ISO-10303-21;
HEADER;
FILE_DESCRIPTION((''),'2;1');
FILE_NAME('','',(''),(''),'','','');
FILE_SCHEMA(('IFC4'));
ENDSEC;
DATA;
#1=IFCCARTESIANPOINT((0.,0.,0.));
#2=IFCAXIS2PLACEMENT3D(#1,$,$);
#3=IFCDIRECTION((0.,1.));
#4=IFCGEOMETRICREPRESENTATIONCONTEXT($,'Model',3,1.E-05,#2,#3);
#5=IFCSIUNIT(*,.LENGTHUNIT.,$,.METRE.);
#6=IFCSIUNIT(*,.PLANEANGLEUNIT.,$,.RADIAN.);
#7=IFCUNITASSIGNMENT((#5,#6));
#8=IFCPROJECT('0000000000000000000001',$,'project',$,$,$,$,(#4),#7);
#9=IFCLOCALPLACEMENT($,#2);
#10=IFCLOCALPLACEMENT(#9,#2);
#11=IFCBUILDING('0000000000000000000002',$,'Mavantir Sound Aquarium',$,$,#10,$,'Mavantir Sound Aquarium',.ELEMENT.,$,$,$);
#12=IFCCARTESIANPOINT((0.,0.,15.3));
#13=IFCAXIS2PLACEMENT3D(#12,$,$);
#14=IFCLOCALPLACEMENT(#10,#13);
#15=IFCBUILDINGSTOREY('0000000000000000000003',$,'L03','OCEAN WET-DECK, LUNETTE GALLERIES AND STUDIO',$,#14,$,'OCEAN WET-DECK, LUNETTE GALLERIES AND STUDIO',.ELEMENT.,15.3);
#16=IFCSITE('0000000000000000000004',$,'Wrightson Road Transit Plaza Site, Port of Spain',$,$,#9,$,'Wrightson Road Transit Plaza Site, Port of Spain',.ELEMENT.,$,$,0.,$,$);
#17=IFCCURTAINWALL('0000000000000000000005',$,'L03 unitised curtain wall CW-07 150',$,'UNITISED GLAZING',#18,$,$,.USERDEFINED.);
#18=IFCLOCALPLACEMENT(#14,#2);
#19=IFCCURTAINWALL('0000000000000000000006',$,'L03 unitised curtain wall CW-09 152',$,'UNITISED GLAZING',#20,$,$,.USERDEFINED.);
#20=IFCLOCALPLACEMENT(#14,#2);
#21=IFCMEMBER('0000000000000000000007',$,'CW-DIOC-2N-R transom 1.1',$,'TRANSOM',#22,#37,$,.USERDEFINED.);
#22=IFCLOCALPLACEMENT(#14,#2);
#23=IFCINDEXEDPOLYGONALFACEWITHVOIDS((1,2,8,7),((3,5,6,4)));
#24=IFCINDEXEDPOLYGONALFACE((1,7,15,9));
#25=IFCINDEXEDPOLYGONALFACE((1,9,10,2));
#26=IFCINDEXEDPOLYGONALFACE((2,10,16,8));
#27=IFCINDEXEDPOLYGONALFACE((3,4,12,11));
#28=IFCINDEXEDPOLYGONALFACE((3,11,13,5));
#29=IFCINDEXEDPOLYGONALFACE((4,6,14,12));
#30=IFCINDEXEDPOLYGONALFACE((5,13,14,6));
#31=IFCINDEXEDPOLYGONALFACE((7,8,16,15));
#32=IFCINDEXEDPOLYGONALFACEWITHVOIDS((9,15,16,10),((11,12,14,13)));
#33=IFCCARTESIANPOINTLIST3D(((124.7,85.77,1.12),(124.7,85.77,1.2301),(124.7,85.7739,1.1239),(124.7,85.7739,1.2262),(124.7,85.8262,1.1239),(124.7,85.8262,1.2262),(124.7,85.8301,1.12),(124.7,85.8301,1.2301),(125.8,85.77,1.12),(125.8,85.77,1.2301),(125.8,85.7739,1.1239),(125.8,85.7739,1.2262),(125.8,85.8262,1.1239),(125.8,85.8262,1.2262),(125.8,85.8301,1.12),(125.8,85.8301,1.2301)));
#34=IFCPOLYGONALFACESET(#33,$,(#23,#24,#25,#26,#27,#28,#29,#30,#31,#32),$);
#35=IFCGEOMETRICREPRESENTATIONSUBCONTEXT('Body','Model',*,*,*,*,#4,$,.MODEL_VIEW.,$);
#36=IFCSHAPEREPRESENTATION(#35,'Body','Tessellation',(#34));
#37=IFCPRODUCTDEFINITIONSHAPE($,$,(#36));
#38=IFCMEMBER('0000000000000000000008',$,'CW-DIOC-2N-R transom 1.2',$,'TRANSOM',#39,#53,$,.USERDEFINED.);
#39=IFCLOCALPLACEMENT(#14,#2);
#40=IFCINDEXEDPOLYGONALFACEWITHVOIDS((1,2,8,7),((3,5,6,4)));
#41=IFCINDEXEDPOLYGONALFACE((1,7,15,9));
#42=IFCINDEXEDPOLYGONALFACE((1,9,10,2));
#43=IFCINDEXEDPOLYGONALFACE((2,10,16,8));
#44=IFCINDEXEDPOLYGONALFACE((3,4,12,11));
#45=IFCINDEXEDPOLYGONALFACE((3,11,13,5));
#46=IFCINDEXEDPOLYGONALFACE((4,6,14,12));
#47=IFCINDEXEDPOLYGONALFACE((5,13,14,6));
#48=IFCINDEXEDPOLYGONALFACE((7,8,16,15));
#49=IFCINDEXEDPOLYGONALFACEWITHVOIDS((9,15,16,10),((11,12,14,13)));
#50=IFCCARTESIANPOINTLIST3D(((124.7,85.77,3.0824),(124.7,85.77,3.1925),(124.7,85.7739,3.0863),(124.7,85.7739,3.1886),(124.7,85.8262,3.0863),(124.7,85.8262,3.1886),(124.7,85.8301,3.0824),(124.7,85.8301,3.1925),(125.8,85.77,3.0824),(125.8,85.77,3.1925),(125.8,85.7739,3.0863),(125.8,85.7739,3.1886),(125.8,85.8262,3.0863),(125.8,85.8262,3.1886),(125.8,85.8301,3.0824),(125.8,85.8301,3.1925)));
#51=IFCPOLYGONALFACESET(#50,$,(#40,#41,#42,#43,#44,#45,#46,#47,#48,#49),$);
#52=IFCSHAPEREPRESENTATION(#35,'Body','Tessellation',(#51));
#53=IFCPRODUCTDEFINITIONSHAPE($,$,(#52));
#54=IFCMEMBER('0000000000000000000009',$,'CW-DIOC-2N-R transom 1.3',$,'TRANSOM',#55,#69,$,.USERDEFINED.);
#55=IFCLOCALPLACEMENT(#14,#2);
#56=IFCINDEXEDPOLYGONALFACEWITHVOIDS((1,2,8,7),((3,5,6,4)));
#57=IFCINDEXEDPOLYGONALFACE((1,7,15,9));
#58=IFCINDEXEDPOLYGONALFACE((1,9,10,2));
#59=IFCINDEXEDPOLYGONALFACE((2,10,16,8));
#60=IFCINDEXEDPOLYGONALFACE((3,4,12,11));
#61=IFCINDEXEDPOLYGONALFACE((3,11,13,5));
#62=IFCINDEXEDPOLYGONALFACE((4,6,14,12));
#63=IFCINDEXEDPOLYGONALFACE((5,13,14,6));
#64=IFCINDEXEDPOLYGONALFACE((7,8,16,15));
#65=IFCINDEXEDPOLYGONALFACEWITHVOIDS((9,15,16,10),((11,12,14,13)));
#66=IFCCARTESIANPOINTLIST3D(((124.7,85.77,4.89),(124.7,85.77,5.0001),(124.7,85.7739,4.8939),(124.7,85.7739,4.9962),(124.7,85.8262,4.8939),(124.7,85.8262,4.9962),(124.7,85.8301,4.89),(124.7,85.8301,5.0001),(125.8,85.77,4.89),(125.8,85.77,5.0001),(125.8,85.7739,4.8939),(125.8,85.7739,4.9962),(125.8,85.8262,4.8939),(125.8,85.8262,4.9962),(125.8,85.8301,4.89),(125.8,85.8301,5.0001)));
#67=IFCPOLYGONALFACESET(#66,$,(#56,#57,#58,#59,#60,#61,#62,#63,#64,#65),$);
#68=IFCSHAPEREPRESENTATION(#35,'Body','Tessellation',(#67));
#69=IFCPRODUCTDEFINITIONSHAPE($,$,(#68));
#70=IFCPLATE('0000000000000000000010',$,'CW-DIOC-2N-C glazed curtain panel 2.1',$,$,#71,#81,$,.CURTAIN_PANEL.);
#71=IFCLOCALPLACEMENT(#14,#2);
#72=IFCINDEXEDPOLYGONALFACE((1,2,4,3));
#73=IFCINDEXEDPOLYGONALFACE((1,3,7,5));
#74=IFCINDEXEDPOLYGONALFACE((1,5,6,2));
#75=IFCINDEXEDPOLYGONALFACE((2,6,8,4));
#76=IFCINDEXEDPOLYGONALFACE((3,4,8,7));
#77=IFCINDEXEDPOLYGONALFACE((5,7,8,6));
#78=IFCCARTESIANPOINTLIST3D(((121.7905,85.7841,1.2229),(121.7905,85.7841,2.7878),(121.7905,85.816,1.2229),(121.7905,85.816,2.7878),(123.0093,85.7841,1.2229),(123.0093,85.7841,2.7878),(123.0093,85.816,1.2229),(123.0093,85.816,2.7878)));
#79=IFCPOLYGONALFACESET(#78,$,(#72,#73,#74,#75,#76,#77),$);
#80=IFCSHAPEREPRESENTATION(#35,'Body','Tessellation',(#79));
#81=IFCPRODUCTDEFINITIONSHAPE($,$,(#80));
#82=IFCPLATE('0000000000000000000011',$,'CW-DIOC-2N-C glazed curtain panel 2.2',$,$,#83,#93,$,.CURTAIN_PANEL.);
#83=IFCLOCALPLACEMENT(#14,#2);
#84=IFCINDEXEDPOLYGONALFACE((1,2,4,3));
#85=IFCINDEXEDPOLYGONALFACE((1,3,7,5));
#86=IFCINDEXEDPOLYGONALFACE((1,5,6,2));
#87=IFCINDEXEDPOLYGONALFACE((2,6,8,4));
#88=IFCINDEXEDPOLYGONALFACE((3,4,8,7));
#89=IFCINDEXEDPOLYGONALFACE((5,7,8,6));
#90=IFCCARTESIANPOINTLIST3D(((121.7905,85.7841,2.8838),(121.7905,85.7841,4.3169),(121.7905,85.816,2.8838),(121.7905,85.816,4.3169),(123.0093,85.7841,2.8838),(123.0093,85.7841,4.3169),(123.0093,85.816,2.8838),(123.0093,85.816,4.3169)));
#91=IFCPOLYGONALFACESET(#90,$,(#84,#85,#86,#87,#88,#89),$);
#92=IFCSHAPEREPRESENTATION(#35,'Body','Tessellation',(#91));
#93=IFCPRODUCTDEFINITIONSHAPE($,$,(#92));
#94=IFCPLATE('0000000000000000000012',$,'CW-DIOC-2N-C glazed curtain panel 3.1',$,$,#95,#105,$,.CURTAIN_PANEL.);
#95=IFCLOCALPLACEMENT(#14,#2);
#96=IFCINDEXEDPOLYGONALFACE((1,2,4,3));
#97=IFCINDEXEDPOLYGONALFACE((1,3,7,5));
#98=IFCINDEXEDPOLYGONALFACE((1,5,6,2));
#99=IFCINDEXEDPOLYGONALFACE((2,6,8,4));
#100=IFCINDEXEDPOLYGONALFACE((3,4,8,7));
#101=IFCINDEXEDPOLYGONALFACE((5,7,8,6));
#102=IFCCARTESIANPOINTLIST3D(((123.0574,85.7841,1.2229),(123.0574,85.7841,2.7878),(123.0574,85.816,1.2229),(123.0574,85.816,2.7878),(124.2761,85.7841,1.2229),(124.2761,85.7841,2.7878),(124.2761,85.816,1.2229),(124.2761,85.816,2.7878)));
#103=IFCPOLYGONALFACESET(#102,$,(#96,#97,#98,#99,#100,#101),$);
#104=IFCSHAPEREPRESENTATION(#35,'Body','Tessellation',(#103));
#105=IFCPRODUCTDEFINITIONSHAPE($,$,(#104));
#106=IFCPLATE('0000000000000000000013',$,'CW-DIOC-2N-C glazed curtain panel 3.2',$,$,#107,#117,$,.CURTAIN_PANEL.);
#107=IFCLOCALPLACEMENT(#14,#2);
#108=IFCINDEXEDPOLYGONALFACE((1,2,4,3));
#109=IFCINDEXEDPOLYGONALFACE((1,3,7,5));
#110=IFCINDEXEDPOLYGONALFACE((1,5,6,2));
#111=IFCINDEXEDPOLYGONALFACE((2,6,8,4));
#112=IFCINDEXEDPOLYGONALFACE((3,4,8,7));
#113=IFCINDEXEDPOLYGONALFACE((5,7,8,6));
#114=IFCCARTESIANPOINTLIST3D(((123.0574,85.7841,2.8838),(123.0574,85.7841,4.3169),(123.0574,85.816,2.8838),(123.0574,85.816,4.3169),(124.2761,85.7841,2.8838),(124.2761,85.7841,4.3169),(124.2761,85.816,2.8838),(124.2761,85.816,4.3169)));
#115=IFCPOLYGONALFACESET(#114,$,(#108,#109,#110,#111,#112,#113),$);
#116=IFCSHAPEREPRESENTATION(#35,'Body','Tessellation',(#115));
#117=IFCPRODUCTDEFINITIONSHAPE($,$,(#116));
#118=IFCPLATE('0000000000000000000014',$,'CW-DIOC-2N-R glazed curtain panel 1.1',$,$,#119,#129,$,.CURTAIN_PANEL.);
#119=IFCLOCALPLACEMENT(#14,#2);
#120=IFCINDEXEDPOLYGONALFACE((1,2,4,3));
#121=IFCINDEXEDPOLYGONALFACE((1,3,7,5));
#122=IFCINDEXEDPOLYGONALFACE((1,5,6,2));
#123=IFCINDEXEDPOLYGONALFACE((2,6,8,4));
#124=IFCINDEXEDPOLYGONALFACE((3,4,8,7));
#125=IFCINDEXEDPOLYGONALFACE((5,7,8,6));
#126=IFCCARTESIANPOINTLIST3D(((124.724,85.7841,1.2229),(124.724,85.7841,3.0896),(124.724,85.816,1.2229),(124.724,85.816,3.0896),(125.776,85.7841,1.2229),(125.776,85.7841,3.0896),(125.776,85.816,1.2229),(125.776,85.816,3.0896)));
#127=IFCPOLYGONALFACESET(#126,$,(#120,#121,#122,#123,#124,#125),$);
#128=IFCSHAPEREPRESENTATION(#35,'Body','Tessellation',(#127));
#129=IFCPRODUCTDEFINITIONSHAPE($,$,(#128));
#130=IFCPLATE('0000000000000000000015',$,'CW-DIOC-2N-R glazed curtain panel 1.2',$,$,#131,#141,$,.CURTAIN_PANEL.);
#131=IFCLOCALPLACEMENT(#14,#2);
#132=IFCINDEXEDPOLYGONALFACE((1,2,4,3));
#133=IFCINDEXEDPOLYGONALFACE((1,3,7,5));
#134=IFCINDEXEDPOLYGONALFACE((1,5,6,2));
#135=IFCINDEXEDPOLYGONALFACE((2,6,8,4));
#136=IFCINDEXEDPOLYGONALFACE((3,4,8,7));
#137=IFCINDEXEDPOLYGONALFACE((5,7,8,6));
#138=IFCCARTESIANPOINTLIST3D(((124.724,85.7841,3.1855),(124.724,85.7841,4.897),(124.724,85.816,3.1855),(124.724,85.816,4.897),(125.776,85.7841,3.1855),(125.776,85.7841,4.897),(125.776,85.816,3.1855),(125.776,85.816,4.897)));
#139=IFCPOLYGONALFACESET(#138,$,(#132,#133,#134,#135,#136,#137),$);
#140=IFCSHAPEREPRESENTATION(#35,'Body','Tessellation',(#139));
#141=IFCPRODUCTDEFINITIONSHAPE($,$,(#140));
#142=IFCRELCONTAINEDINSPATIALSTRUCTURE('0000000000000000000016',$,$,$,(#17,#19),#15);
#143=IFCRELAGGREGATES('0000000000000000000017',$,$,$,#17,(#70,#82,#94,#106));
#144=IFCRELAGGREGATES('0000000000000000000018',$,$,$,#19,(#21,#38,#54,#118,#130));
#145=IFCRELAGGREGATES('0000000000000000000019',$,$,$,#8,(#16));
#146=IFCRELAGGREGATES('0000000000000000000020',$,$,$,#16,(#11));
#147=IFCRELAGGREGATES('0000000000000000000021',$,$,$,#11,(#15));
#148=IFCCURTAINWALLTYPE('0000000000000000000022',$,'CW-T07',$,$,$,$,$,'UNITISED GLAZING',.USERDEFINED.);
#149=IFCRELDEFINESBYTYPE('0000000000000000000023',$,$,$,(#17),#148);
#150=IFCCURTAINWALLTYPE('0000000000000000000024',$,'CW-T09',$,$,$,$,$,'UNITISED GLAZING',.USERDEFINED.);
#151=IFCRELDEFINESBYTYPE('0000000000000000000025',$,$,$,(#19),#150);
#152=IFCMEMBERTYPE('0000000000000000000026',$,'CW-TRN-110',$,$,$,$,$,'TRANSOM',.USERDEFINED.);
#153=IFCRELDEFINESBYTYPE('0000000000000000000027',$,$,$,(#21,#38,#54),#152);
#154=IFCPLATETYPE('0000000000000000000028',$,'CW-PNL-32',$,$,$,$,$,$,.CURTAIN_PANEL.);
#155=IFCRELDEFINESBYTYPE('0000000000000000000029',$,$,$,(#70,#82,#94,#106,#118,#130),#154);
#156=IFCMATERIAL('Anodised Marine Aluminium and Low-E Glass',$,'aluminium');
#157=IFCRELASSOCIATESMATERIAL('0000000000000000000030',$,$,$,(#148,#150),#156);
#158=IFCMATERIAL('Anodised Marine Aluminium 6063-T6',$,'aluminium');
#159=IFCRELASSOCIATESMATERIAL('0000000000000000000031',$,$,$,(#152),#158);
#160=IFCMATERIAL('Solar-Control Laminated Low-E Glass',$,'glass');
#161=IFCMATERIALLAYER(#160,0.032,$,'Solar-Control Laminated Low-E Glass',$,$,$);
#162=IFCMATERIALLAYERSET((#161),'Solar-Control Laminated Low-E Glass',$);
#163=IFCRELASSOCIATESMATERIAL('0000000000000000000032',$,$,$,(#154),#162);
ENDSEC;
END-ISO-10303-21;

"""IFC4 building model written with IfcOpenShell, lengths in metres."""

from ifc_helpers import new_model, si_unit, direction, frame, origin, origin_2d, place, context, subcontext, project, spatial, rectangle, hollow_rectangle, extrude, material, layer, layer_set, material_profile, profile_set, type_object, element, aggregate, save


model = new_model("IFC4")

# Units and contexts
model_context = context("Model", 3, precision=1e-05, world=origin(), true_north=direction((0.0, 1.0)))
body_context = subcontext(model_context, "Body", "Model", "MODEL_VIEW")
ifc_project = project(units=[si_unit("LENGTHUNIT", "METRE"), si_unit("PLANEANGLEUNIT", "RADIAN")], contexts=[model_context])

# Site, building, storey
site_placement = place(None, origin())
site = spatial("IfcSite", under=ifc_project, at=site_placement, Name="Wrightson Road Transit Plaza Site, Port of Spain", LongName="Wrightson Road Transit Plaza Site, Port of Spain", CompositionType="ELEMENT", RefElevation=0.0)
building_placement = place(site_placement, origin())
building = spatial("IfcBuilding", under=site, at=building_placement, Name="Mavantir Sound Aquarium", LongName="Mavantir Sound Aquarium", CompositionType="ELEMENT")
storey_placement = place(building_placement, frame((0.0, 0.0, 15.3)))
storey = spatial("IfcBuildingStorey", under=building, at=storey_placement, Name="L03", Description="OCEAN WET-DECK, LUNETTE GALLERIES AND STUDIO", LongName="OCEAN WET-DECK, LUNETTE GALLERIES AND STUDIO", CompositionType="ELEMENT", Elevation=15.3)

# Curtain walls
ifc_material_1 = material(Name="Anodised Marine Aluminium and Low-E Glass", Category="aluminium")
curtain_wall_type_1 = type_object("IfcCurtainWallType", Name="CW-T07", ElementType="UNITISED GLAZING", PredefinedType="USERDEFINED", material=ifc_material_1)
curtain_wall_1_placement = place(storey_placement, origin())
curtain_wall_1 = element("IfcCurtainWall", 1, at=curtain_wall_1_placement, inside=storey, type_object=curtain_wall_type_1, Name="L03 unitised curtain wall CW-07 150", ObjectType="UNITISED GLAZING", PredefinedType="USERDEFINED")
ifc_material_2 = material(Name="Anodised Marine Aluminium 6063-T6", Category="aluminium")
curtain_wall_type_2 = type_object("IfcCurtainWallType", Name="CW-T09", ElementType="UNITISED GLAZING", PredefinedType="USERDEFINED", material=ifc_material_1)
curtain_wall_2_placement = place(storey_placement, origin())
curtain_wall_2 = element("IfcCurtainWall", 2, at=curtain_wall_2_placement, inside=storey, type_object=curtain_wall_type_2, Name="L03 unitised curtain wall CW-09 152", ObjectType="UNITISED GLAZING", PredefinedType="USERDEFINED")

# Members
ifc_material_profile_1 = material_profile(ifc_material_2, hollow_rectangle(XDim=0.0601, YDim=0.1101, WallThickness=0.0039, at=origin_2d()), Name="ALU-TRANSOM-110X60")
ifc_profile_set_1 = profile_set([ifc_material_profile_1], Name="Anodised Marine Aluminium 6063-T6")
member_type_1 = type_object("IfcMemberType", Name="CW-TRN-110", ElementType="TRANSOM", PredefinedType="USERDEFINED", material=ifc_profile_set_1)
member_1_placement = place(storey_placement, frame((124.7, 85.8, 1.175), z_axis=(1.0, 0.0, 0.0), x_axis=(0.0, 1.0, 0.0)))
member_1 = element("IfcMember", 3, at=member_1_placement, type_object=member_type_1, Name="CW-DIOC-2N-R transom 1.1", ObjectType="TRANSOM", PredefinedType="USERDEFINED", context=body_context, shape_type="SweptSolid", body=[
    extrude(hollow_rectangle(XDim=0.0601, YDim=0.1101, WallThickness=0.0039, at=origin_2d()), origin(), (0.0, 0.0, 1.0), 1.1001),
])
member_2_placement = place(storey_placement, frame((124.7, 85.8, 3.1375), z_axis=(1.0, 0.0, 0.0), x_axis=(0.0, 1.0, 0.0)))
member_2 = element("IfcMember", 4, at=member_2_placement, type_object=member_type_1, Name="CW-DIOC-2N-R transom 1.2", ObjectType="TRANSOM", PredefinedType="USERDEFINED", context=body_context, shape_type="SweptSolid", body=[
    extrude(hollow_rectangle(XDim=0.0601, YDim=0.1101, WallThickness=0.0039, at=origin_2d()), origin(), (0.0, 0.0, 1.0), 1.1001),
])
member_3_placement = place(storey_placement, frame((124.7, 85.8, 4.9451), z_axis=(1.0, 0.0, 0.0), x_axis=(0.0, 1.0, 0.0)))
member_3 = element("IfcMember", 5, at=member_3_placement, type_object=member_type_1, Name="CW-DIOC-2N-R transom 1.3", ObjectType="TRANSOM", PredefinedType="USERDEFINED", context=body_context, shape_type="SweptSolid", body=[
    extrude(hollow_rectangle(XDim=0.0601, YDim=0.1101, WallThickness=0.0039, at=origin_2d()), origin(), (0.0, 0.0, 1.0), 1.1001),
])

# Plates
ifc_material_3 = material(Name="Solar-Control Laminated Low-E Glass", Category="glass")
ifc_layer = layer(ifc_material_3, 0.032, Name="Solar-Control Laminated Low-E Glass")
ifc_layer_set = layer_set([ifc_layer], Name="Solar-Control Laminated Low-E Glass")
plate_type = type_object("IfcPlateType", Name="CW-PNL-32", PredefinedType="CURTAIN_PANEL", material=ifc_layer_set)
plate_1_placement = place(storey_placement, frame((122.3999, 85.8, 1.2229), z_axis=(0.0, 0.0, 1.0), x_axis=(1.0, 0.0, 0.0)))
plate_1 = element("IfcPlate", 6, at=plate_1_placement, type_object=plate_type, Name="CW-DIOC-2N-C glazed curtain panel 2.1", PredefinedType="CURTAIN_PANEL", context=body_context, shape_type="SweptSolid", body=[
    extrude(rectangle(XDim=1.2188, YDim=0.032, at=origin_2d()), origin(), (0.0, 0.0, 1.0), 1.5649),
])
plate_2_placement = place(storey_placement, frame((122.3999, 85.8, 2.8838), z_axis=(0.0, 0.0, 1.0), x_axis=(1.0, 0.0, 0.0)))
plate_2 = element("IfcPlate", 7, at=plate_2_placement, type_object=plate_type, Name="CW-DIOC-2N-C glazed curtain panel 2.2", PredefinedType="CURTAIN_PANEL", context=body_context, shape_type="SweptSolid", body=[
    extrude(rectangle(XDim=1.2188, YDim=0.032, at=origin_2d()), origin(), (0.0, 0.0, 1.0), 1.4331),
])
plate_3_placement = place(storey_placement, frame((123.6667, 85.8, 1.2229), z_axis=(0.0, 0.0, 1.0), x_axis=(1.0, 0.0, 0.0)))
plate_3 = element("IfcPlate", 8, at=plate_3_placement, type_object=plate_type, Name="CW-DIOC-2N-C glazed curtain panel 3.1", PredefinedType="CURTAIN_PANEL", context=body_context, shape_type="SweptSolid", body=[
    extrude(rectangle(XDim=1.2188, YDim=0.032, at=origin_2d()), origin(), (0.0, 0.0, 1.0), 1.5649),
])
plate_4_placement = place(storey_placement, frame((123.6667, 85.8, 2.8838), z_axis=(0.0, 0.0, 1.0), x_axis=(1.0, 0.0, 0.0)))
plate_4 = element("IfcPlate", 9, at=plate_4_placement, type_object=plate_type, Name="CW-DIOC-2N-C glazed curtain panel 3.2", PredefinedType="CURTAIN_PANEL", context=body_context, shape_type="SweptSolid", body=[
    extrude(rectangle(XDim=1.2188, YDim=0.032, at=origin_2d()), origin(), (0.0, 0.0, 1.0), 1.4331),
])
aggregate(curtain_wall_1, [plate_1, plate_2, plate_3, plate_4])
plate_5_placement = place(storey_placement, frame((125.25, 85.8, 1.2229), z_axis=(0.0, 0.0, 1.0), x_axis=(1.0, 0.0, 0.0)))
plate_5 = element("IfcPlate", 10, at=plate_5_placement, type_object=plate_type, Name="CW-DIOC-2N-R glazed curtain panel 1.1", PredefinedType="CURTAIN_PANEL", context=body_context, shape_type="SweptSolid", body=[
    extrude(rectangle(XDim=1.052, YDim=0.032, at=origin_2d()), origin(), (0.0, 0.0, 1.0), 1.8667),
])
plate_6_placement = place(storey_placement, frame((125.25, 85.8, 3.1855), z_axis=(0.0, 0.0, 1.0), x_axis=(1.0, 0.0, 0.0)))
plate_6 = element("IfcPlate", 11, at=plate_6_placement, type_object=plate_type, Name="CW-DIOC-2N-R glazed curtain panel 1.2", PredefinedType="CURTAIN_PANEL", context=body_context, shape_type="SweptSolid", body=[
    extrude(rectangle(XDim=1.052, YDim=0.032, at=origin_2d()), origin(), (0.0, 0.0, 1.0), 1.7114),
])
aggregate(curtain_wall_2, [member_1, member_2, member_3, plate_5, plate_6])

save(model, "model.ifc")
